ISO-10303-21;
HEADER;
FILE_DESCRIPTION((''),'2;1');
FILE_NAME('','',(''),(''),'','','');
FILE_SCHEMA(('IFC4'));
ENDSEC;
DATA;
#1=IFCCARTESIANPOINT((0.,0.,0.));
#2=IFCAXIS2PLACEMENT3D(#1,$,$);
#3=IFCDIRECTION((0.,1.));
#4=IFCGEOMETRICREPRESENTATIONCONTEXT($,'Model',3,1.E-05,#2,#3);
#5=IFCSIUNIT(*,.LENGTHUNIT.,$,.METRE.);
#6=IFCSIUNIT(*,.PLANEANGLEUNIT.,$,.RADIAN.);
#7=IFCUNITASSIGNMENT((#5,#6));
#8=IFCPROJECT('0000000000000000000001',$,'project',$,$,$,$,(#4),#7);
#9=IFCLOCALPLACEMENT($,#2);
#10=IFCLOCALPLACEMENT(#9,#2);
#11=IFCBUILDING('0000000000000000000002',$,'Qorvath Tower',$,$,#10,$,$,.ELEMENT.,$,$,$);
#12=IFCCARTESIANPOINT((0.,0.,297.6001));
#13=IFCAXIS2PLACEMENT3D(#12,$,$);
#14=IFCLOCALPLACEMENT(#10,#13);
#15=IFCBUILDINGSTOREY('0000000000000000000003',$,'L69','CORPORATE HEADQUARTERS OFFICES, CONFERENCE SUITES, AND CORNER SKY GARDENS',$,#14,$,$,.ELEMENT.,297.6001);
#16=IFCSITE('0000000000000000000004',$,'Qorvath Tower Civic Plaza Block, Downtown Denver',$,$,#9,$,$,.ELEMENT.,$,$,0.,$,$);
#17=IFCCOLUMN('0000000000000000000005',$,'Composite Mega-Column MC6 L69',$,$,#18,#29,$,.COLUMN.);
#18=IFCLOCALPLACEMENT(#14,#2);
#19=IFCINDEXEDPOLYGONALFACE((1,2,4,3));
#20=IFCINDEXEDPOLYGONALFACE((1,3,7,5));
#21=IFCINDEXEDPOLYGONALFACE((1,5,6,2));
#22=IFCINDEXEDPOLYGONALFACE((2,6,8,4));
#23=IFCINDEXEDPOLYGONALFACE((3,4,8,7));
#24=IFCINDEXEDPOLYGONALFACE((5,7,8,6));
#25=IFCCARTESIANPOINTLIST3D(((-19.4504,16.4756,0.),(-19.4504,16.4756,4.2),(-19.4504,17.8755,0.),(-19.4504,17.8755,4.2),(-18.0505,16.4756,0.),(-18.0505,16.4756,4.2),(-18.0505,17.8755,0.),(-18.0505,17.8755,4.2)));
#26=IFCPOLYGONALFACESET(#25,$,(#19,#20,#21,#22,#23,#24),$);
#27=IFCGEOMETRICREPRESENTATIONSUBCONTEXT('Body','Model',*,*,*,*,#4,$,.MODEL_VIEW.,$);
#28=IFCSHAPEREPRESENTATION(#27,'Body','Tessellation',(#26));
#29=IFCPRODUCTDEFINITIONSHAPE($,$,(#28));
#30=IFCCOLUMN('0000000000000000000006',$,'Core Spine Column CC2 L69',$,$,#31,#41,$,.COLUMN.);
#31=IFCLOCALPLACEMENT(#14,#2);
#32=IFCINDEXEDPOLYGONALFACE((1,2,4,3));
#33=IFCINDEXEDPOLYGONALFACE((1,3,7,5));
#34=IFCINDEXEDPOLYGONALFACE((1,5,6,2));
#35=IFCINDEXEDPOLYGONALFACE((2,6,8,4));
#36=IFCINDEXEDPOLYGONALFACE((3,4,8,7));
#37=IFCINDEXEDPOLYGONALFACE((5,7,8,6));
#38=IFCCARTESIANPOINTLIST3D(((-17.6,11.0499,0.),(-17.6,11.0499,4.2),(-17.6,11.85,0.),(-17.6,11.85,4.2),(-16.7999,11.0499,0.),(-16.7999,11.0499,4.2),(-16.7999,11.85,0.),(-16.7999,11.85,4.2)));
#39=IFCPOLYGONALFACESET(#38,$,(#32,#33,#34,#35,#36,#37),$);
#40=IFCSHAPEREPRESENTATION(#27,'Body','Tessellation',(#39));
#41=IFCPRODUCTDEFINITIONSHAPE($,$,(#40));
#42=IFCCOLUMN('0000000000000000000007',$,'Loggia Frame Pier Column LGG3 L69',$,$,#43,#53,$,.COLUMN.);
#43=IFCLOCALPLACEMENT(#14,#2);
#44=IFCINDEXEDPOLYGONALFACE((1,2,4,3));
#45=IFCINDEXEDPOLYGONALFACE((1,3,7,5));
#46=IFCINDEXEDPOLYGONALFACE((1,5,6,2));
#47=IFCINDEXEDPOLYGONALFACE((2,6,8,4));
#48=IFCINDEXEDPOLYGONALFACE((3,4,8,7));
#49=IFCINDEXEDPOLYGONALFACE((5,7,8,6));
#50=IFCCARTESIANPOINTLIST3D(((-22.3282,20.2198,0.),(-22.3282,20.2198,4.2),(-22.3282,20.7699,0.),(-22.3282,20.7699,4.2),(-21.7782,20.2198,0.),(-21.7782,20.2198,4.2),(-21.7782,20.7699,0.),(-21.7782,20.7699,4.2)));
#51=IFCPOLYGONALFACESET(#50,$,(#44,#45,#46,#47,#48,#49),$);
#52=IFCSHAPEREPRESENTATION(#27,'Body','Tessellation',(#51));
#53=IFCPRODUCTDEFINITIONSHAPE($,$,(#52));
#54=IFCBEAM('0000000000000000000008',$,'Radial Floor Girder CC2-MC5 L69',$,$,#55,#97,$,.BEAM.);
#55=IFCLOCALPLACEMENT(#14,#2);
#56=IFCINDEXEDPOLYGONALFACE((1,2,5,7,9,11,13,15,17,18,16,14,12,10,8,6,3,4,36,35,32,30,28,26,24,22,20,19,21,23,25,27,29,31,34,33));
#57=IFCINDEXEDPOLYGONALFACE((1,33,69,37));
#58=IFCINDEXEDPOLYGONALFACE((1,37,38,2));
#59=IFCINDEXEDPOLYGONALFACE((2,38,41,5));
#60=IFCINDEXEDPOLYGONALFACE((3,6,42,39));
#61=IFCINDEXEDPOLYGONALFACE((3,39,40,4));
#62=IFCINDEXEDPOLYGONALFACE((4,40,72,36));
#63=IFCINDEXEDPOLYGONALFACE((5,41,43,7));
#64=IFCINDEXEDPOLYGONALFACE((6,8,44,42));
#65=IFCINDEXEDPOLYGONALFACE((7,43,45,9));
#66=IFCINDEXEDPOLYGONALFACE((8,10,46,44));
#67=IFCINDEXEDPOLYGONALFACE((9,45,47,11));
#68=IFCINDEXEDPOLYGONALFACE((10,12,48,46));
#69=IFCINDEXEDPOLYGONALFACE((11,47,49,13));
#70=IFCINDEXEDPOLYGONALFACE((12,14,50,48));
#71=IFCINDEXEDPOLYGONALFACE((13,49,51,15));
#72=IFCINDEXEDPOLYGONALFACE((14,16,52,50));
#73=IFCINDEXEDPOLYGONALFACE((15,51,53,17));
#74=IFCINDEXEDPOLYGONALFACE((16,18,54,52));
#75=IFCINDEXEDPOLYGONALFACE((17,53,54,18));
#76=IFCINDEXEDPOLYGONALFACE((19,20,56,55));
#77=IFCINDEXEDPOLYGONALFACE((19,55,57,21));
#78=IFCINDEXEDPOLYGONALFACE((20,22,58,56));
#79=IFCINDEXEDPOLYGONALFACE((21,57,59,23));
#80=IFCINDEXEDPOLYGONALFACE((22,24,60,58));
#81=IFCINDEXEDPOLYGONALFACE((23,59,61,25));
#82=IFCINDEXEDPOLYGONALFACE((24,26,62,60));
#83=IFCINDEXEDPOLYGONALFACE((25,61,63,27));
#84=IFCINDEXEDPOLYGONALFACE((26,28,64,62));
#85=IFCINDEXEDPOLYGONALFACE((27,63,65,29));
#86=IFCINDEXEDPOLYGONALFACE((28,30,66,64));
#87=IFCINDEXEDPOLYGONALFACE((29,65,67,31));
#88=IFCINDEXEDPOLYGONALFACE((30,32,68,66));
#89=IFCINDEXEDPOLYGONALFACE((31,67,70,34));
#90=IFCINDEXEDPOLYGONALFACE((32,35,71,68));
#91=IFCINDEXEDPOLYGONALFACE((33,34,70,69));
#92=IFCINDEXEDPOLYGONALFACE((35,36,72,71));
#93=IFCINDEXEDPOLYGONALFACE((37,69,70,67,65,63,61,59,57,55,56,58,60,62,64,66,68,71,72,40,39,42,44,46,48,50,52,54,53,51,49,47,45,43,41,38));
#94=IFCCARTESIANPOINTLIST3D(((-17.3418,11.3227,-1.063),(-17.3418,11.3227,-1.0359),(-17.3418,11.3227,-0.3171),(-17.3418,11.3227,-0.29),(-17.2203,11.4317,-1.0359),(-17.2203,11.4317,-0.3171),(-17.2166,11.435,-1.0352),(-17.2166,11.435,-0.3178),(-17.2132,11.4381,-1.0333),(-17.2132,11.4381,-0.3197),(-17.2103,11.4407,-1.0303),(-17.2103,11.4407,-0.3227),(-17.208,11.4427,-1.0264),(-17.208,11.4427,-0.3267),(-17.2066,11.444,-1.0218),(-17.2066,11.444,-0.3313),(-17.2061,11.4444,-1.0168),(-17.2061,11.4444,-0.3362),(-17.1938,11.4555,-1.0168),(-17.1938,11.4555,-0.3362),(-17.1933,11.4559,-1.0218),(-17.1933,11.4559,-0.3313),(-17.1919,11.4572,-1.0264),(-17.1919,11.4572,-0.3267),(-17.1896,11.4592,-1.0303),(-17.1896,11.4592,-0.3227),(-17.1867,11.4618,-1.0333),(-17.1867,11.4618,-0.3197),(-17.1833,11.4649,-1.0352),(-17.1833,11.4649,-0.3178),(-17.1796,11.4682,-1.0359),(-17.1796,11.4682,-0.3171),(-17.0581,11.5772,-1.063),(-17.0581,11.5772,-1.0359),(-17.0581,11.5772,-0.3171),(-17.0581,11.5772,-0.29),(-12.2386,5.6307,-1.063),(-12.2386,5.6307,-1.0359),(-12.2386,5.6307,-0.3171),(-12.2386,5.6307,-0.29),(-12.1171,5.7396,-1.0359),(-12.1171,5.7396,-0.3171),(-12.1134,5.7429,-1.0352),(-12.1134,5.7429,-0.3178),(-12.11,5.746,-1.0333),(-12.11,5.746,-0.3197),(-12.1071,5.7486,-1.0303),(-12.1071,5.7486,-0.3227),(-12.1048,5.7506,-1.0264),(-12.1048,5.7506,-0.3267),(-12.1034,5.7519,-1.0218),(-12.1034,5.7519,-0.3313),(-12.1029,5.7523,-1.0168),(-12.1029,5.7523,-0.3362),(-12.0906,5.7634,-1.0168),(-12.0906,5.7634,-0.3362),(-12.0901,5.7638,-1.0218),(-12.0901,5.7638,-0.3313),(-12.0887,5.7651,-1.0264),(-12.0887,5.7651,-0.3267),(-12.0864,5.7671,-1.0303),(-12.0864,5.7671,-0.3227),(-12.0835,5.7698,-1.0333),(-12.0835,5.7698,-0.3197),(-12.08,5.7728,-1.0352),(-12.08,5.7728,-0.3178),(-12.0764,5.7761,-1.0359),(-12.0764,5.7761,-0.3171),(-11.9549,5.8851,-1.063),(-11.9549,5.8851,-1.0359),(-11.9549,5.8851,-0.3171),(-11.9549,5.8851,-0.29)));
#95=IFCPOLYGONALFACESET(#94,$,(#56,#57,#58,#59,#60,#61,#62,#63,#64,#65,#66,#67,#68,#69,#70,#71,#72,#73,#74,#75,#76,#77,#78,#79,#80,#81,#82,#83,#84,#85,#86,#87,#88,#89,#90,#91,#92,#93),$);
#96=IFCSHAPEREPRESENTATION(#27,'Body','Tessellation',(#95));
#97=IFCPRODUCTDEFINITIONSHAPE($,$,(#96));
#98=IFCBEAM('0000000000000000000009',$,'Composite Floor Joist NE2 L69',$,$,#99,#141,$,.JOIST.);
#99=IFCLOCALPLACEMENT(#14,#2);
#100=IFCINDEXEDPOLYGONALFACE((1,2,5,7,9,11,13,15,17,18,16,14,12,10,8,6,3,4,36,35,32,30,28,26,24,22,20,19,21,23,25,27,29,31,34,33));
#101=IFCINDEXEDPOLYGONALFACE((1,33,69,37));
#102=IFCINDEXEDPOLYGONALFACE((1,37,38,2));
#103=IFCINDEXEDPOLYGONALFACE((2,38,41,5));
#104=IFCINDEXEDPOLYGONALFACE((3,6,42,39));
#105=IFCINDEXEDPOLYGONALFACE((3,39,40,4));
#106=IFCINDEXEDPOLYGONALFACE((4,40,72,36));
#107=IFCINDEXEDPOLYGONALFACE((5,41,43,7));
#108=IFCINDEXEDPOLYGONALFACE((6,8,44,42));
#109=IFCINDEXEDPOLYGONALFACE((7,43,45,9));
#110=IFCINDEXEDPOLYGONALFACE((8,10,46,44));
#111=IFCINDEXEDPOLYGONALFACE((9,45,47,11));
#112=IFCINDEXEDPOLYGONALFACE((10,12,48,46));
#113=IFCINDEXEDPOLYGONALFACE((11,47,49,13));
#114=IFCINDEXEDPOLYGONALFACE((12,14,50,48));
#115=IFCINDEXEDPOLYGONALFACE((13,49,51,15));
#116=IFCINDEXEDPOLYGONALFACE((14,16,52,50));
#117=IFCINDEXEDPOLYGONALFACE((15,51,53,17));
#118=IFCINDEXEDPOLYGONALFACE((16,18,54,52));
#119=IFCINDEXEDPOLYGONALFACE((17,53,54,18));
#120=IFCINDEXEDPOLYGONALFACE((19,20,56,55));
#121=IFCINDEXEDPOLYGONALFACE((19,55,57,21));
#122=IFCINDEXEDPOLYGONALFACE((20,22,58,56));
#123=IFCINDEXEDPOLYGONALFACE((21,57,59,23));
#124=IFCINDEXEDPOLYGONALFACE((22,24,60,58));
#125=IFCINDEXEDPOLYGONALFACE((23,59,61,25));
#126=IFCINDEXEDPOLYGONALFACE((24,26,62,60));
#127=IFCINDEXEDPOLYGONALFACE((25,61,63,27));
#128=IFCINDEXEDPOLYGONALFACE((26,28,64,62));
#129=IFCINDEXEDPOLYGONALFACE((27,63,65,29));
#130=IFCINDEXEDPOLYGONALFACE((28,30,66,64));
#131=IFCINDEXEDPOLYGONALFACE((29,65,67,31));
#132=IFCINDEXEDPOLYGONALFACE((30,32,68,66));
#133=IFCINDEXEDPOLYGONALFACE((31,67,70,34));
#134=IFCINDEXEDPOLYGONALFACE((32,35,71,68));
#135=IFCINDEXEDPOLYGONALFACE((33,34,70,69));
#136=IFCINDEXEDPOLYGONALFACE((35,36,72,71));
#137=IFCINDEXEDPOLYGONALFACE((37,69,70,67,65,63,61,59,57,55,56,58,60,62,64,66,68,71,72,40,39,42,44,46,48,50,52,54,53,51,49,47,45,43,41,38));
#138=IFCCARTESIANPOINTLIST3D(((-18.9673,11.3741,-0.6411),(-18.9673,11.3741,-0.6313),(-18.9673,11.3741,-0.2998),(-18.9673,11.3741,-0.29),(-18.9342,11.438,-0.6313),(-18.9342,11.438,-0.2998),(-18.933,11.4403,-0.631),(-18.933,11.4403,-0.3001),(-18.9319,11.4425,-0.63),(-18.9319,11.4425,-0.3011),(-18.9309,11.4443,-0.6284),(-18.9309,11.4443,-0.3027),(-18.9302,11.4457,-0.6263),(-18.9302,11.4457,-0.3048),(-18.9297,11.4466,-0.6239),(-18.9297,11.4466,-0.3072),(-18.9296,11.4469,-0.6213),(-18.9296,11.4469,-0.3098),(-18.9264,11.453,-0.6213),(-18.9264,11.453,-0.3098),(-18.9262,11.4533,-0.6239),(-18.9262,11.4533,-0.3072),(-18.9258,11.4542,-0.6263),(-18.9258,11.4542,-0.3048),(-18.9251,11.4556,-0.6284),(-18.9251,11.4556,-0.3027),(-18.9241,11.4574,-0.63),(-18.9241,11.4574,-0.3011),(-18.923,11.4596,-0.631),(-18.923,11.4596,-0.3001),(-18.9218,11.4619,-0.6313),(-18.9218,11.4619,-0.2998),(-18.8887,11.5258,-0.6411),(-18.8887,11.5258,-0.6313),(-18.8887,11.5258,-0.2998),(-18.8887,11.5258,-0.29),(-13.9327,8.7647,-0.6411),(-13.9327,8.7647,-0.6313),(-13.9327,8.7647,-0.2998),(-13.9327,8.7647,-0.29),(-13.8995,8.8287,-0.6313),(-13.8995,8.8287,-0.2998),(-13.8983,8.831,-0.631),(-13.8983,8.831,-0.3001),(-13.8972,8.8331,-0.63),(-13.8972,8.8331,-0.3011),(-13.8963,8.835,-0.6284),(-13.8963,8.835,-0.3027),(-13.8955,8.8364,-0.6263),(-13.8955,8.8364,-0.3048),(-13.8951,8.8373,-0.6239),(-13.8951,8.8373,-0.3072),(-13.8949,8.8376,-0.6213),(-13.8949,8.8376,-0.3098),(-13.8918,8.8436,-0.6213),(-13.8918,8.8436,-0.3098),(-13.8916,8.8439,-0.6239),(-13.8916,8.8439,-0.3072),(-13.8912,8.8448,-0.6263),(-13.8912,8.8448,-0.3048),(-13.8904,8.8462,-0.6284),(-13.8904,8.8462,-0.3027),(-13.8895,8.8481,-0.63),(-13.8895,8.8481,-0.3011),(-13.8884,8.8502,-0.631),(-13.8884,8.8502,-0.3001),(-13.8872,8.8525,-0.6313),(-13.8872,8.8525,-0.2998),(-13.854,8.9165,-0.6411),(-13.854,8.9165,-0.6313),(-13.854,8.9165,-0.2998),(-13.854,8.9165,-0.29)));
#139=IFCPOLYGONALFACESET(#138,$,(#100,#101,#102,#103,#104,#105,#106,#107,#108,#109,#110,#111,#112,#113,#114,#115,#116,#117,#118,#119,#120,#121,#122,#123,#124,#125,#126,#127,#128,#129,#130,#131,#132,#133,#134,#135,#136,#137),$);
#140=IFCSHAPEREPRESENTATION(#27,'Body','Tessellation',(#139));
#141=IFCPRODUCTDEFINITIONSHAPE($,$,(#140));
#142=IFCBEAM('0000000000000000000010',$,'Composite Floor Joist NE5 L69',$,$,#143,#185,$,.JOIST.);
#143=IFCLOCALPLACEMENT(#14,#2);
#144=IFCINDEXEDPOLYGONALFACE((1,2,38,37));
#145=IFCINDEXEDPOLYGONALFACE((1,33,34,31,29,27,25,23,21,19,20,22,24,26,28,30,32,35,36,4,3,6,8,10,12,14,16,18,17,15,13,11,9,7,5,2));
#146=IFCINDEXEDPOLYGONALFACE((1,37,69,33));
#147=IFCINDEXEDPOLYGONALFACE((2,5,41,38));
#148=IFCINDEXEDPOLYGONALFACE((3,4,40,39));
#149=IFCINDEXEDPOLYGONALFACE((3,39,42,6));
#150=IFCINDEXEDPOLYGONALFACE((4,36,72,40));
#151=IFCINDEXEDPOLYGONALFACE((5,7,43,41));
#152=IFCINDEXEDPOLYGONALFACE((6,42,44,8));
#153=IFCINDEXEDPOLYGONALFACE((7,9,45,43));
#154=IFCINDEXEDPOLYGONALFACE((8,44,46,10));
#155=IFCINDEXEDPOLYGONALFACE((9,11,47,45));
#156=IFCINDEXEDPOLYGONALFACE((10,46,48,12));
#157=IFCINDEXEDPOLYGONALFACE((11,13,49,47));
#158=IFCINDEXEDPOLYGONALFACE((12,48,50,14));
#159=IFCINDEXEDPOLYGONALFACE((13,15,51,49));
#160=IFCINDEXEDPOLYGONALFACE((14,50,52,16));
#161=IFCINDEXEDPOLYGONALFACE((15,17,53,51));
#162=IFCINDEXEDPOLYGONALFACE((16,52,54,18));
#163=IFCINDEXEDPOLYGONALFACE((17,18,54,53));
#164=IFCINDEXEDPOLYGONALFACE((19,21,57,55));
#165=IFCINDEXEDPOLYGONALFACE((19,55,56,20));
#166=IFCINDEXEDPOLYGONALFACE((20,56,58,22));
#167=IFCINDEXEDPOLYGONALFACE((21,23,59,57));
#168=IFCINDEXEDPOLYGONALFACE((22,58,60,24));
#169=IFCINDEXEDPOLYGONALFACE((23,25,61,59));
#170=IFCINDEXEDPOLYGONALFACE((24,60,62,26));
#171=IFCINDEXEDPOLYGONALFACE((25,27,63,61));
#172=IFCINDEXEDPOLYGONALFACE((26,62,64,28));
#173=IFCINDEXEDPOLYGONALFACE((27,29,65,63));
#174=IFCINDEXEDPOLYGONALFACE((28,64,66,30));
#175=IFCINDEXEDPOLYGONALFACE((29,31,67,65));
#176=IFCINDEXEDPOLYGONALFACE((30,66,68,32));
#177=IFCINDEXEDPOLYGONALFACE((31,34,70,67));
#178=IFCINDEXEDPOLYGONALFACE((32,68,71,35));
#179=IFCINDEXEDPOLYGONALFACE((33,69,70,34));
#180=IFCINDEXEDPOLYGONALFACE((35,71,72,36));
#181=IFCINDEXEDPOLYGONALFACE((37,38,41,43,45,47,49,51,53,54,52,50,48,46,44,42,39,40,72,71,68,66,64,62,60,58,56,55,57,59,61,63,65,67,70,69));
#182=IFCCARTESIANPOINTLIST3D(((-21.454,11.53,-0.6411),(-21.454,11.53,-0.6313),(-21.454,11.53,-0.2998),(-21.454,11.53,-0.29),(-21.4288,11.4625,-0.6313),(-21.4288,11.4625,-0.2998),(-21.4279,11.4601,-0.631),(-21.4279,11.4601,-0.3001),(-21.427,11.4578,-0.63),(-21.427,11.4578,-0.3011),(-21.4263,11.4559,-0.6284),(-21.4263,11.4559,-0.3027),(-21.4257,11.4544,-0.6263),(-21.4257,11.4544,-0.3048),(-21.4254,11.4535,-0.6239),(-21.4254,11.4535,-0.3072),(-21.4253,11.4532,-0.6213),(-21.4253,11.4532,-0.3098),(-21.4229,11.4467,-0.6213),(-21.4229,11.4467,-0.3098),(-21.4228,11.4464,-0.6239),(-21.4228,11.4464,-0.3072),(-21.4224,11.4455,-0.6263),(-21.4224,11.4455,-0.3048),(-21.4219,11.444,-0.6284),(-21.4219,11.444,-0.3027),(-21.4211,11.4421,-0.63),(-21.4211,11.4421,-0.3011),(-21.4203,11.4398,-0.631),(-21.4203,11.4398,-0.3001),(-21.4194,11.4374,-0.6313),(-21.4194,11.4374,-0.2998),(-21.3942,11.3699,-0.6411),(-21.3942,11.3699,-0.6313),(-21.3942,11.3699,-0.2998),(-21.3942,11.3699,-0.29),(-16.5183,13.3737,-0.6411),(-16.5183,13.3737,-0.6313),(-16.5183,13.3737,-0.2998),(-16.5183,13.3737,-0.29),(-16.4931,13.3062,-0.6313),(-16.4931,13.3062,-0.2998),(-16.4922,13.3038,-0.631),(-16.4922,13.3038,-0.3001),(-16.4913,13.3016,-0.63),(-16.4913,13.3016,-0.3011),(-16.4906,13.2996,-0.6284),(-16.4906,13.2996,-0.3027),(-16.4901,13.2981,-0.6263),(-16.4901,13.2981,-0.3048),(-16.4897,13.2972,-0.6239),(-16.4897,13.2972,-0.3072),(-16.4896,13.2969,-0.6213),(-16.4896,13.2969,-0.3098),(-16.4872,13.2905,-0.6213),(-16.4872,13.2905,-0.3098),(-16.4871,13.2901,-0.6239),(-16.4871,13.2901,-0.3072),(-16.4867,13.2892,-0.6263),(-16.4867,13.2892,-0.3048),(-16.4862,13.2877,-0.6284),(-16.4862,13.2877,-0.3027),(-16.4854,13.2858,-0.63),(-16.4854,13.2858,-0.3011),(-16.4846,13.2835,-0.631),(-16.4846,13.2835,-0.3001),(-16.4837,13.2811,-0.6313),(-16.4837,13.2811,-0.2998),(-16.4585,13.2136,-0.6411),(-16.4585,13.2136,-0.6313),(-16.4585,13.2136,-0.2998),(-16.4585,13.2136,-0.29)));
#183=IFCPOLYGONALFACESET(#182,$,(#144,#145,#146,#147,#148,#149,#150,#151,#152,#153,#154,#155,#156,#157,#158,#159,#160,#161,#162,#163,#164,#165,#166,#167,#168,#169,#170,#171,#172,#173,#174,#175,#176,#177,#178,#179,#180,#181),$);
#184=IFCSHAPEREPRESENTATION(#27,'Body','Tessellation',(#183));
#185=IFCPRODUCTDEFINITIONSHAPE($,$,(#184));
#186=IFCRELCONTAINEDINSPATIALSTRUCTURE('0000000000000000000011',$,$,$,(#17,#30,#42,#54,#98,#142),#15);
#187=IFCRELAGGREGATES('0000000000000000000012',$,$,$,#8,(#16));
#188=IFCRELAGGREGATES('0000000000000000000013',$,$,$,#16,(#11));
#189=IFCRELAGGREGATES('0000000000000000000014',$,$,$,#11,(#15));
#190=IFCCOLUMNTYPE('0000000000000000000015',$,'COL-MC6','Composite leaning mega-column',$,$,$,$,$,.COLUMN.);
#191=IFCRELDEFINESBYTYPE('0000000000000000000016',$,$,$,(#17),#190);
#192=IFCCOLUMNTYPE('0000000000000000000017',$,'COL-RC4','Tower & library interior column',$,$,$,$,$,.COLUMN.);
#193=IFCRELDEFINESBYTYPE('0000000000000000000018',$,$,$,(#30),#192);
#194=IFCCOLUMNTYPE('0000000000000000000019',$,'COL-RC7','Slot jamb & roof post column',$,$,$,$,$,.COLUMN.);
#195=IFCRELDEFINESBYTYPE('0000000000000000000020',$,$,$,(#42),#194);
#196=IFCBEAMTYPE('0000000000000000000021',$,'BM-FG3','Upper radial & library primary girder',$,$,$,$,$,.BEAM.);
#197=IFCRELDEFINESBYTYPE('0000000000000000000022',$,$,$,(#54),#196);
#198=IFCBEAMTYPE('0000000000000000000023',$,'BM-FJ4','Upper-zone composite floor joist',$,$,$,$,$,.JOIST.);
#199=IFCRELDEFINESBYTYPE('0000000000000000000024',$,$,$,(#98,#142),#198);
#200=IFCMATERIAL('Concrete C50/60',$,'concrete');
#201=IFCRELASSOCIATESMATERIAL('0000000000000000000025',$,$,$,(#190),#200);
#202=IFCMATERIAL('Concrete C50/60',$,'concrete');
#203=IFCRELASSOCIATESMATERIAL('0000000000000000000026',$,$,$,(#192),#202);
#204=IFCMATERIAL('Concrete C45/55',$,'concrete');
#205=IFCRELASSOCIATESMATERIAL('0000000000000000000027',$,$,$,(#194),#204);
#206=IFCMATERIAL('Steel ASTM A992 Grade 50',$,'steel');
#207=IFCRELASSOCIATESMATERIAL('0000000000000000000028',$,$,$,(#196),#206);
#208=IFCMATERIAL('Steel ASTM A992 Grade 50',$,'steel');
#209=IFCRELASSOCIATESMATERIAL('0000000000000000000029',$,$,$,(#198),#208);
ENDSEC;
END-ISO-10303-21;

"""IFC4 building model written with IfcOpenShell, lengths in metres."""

from ifc_helpers import new_model, si_unit, direction, frame, origin, origin_2d, place, context, subcontext, project, spatial, rectangle, i_section, extrude, material, material_profile, profile_set, type_object, element, save


model = new_model("IFC4")

# Units and contexts
model_context = context("Model", 3, precision=1e-05, world=origin(), true_north=direction((0.0, 1.0)))
body_context = subcontext(model_context, "Body", "Model", "MODEL_VIEW")
ifc_project = project(units=[si_unit("LENGTHUNIT", "METRE"), si_unit("PLANEANGLEUNIT", "RADIAN")], contexts=[model_context])

# Site, building, storey
site_placement = place(None, origin())
site = spatial("IfcSite", under=ifc_project, at=site_placement, Name="Qorvath Tower Civic Plaza Block, Downtown Denver", CompositionType="ELEMENT", RefElevation=0.0)
building_placement = place(site_placement, origin())
building = spatial("IfcBuilding", under=site, at=building_placement, Name="Qorvath Tower", CompositionType="ELEMENT")
storey_placement = place(building_placement, frame((0.0, 0.0, 297.6001)))
storey = spatial("IfcBuildingStorey", under=building, at=storey_placement, Name="L69", Description="CORPORATE HEADQUARTERS OFFICES, CONFERENCE SUITES, AND CORNER SKY GARDENS", CompositionType="ELEMENT", Elevation=297.6001)

# Columns
ifc_material_1 = material(Name="Concrete C50/60", Category="concrete")
ifc_material_profile_1 = material_profile(ifc_material_1, rectangle(XDim=1.3999, YDim=1.3999, at=origin_2d()), Name="MC 1400x1400")
ifc_profile_set_1 = profile_set([ifc_material_profile_1], Name="Concrete C50/60")
column_type_1 = type_object("IfcColumnType", Name="COL-MC6", Description="Composite leaning mega-column", PredefinedType="COLUMN", material=ifc_profile_set_1)
column_1_placement = place(storey_placement, frame((-18.7505, 17.1755, 0.0), z_axis=(0.0, 0.0, 1.0), x_axis=(1.0, 0.0, 0.0)))
element("IfcColumn", 1, at=column_1_placement, inside=storey, type_object=column_type_1, Name="Composite Mega-Column MC6 L69", PredefinedType="COLUMN", context=body_context, shape_type="SweptSolid", body=[
    extrude(rectangle(XDim=1.3999, YDim=1.3999, at=origin_2d()), origin(), (0.0, 0.0, 1.0), 4.2),
])
ifc_material_2 = material(Name="Concrete C50/60", Category="concrete")
ifc_material_profile_2 = material_profile(ifc_material_2, rectangle(XDim=0.8, YDim=0.8, at=origin_2d()), Name="RC 800x800")
ifc_profile_set_2 = profile_set([ifc_material_profile_2], Name="Concrete C50/60")
column_type_2 = type_object("IfcColumnType", Name="COL-RC4", Description="Tower & library interior column", PredefinedType="COLUMN", material=ifc_profile_set_2)
column_2_placement = place(storey_placement, frame((-17.2, 11.45, 0.0), z_axis=(0.0, 0.0, 1.0), x_axis=(1.0, 0.0, 0.0)))
element("IfcColumn", 2, at=column_2_placement, inside=storey, type_object=column_type_2, Name="Core Spine Column CC2 L69", PredefinedType="COLUMN", context=body_context, shape_type="SweptSolid", body=[
    extrude(rectangle(XDim=0.8, YDim=0.8, at=origin_2d()), origin(), (0.0, 0.0, 1.0), 4.2),
])
ifc_material_3 = material(Name="Concrete C45/55", Category="concrete")
ifc_material_profile_3 = material_profile(ifc_material_3, rectangle(XDim=0.55, YDim=0.55, at=origin_2d()), Name="RC 550x550")
ifc_profile_set_3 = profile_set([ifc_material_profile_3], Name="Concrete C45/55")
column_type_3 = type_object("IfcColumnType", Name="COL-RC7", Description="Slot jamb & roof post column", PredefinedType="COLUMN", material=ifc_profile_set_3)
column_3_placement = place(storey_placement, frame((-22.0532, 20.4949, 0.0), z_axis=(0.0, 0.0, 1.0), x_axis=(1.0, 0.0, 0.0)))
element("IfcColumn", 3, at=column_3_placement, inside=storey, type_object=column_type_3, Name="Loggia Frame Pier Column LGG3 L69", PredefinedType="COLUMN", context=body_context, shape_type="SweptSolid", body=[
    extrude(rectangle(XDim=0.55, YDim=0.55, at=origin_2d()), origin(), (0.0, 0.0, 1.0), 4.2),
])

# Beams
ifc_material_4 = material(Name="Steel ASTM A992 Grade 50", Category="steel")
ifc_material_profile_4 = material_profile(ifc_material_4, i_section(OverallWidth=0.3811, OverallDepth=0.7729, WebThickness=0.0166, FlangeThickness=0.0271, FilletRadius=0.019, at=origin_2d()), Name="W30x173")
ifc_profile_set_4 = profile_set([ifc_material_profile_4], Name="Steel ASTM A992 Grade 50")
beam_type_1 = type_object("IfcBeamType", Name="BM-FG3", Description="Upper radial & library primary girder", PredefinedType="BEAM", material=ifc_profile_set_4)
beam_1_placement = place(storey_placement, frame((-17.2, 11.45, -0.6765), z_axis=(0.667543, -0.744571, 0.0), x_axis=(0.744571, 0.667543, 0.0)))
element("IfcBeam", 4, at=beam_1_placement, inside=storey, type_object=beam_type_1, Name="Radial Floor Girder CC2-MC5 L69", PredefinedType="BEAM", context=body_context, shape_type="SweptSolid", body=[
    extrude(i_section(OverallWidth=0.3811, OverallDepth=0.7729, WebThickness=0.0166, FlangeThickness=0.0271, FilletRadius=0.019, at=origin_2d()), origin(), (0.0, 0.0, 1.0), 7.6448),
])
ifc_material_5 = material(Name="Steel ASTM A992 Grade 50", Category="steel")
ifc_material_profile_5 = material_profile(ifc_material_5, i_section(OverallWidth=0.1709, OverallDepth=0.3511, WebThickness=0.0068, FlangeThickness=0.0098, FilletRadius=0.01, at=origin_2d()), Name="W14x30")
ifc_profile_set_5 = profile_set([ifc_material_profile_5], Name="Steel ASTM A992 Grade 50")
beam_type_2 = type_object("IfcBeamType", Name="BM-FJ4", Description="Upper-zone composite floor joist", PredefinedType="JOIST", material=ifc_profile_set_5)
beam_2_placement = place(storey_placement, frame((-18.928, 11.45, -0.4656), z_axis=(0.887841, -0.460151, 0.0), x_axis=(0.460151, 0.887841, 0.0)))
element("IfcBeam", 5, at=beam_2_placement, inside=storey, type_object=beam_type_2, Name="Composite Floor Joist NE2 L69", PredefinedType="JOIST", context=body_context, shape_type="SweptSolid", body=[
    extrude(i_section(OverallWidth=0.1709, OverallDepth=0.3511, WebThickness=0.0068, FlangeThickness=0.0098, FilletRadius=0.01, at=origin_2d()), origin(), (0.0, 0.0, 1.0), 5.6707),
])
beam_3_placement = place(storey_placement, frame((-21.4241, 11.45, -0.4656), z_axis=(0.936776, 0.34993, 0.0), x_axis=(-0.34993, 0.936776, 0.0)))
element("IfcBeam", 6, at=beam_3_placement, inside=storey, type_object=beam_type_2, Name="Composite Floor Joist NE5 L69", PredefinedType="JOIST", context=body_context, shape_type="SweptSolid", body=[
    extrude(i_section(OverallWidth=0.1709, OverallDepth=0.3511, WebThickness=0.0068, FlangeThickness=0.0098, FilletRadius=0.01, at=origin_2d()), origin(), (0.0, 0.0, 1.0), 5.2688),
])

save(model, "model.ifc")
